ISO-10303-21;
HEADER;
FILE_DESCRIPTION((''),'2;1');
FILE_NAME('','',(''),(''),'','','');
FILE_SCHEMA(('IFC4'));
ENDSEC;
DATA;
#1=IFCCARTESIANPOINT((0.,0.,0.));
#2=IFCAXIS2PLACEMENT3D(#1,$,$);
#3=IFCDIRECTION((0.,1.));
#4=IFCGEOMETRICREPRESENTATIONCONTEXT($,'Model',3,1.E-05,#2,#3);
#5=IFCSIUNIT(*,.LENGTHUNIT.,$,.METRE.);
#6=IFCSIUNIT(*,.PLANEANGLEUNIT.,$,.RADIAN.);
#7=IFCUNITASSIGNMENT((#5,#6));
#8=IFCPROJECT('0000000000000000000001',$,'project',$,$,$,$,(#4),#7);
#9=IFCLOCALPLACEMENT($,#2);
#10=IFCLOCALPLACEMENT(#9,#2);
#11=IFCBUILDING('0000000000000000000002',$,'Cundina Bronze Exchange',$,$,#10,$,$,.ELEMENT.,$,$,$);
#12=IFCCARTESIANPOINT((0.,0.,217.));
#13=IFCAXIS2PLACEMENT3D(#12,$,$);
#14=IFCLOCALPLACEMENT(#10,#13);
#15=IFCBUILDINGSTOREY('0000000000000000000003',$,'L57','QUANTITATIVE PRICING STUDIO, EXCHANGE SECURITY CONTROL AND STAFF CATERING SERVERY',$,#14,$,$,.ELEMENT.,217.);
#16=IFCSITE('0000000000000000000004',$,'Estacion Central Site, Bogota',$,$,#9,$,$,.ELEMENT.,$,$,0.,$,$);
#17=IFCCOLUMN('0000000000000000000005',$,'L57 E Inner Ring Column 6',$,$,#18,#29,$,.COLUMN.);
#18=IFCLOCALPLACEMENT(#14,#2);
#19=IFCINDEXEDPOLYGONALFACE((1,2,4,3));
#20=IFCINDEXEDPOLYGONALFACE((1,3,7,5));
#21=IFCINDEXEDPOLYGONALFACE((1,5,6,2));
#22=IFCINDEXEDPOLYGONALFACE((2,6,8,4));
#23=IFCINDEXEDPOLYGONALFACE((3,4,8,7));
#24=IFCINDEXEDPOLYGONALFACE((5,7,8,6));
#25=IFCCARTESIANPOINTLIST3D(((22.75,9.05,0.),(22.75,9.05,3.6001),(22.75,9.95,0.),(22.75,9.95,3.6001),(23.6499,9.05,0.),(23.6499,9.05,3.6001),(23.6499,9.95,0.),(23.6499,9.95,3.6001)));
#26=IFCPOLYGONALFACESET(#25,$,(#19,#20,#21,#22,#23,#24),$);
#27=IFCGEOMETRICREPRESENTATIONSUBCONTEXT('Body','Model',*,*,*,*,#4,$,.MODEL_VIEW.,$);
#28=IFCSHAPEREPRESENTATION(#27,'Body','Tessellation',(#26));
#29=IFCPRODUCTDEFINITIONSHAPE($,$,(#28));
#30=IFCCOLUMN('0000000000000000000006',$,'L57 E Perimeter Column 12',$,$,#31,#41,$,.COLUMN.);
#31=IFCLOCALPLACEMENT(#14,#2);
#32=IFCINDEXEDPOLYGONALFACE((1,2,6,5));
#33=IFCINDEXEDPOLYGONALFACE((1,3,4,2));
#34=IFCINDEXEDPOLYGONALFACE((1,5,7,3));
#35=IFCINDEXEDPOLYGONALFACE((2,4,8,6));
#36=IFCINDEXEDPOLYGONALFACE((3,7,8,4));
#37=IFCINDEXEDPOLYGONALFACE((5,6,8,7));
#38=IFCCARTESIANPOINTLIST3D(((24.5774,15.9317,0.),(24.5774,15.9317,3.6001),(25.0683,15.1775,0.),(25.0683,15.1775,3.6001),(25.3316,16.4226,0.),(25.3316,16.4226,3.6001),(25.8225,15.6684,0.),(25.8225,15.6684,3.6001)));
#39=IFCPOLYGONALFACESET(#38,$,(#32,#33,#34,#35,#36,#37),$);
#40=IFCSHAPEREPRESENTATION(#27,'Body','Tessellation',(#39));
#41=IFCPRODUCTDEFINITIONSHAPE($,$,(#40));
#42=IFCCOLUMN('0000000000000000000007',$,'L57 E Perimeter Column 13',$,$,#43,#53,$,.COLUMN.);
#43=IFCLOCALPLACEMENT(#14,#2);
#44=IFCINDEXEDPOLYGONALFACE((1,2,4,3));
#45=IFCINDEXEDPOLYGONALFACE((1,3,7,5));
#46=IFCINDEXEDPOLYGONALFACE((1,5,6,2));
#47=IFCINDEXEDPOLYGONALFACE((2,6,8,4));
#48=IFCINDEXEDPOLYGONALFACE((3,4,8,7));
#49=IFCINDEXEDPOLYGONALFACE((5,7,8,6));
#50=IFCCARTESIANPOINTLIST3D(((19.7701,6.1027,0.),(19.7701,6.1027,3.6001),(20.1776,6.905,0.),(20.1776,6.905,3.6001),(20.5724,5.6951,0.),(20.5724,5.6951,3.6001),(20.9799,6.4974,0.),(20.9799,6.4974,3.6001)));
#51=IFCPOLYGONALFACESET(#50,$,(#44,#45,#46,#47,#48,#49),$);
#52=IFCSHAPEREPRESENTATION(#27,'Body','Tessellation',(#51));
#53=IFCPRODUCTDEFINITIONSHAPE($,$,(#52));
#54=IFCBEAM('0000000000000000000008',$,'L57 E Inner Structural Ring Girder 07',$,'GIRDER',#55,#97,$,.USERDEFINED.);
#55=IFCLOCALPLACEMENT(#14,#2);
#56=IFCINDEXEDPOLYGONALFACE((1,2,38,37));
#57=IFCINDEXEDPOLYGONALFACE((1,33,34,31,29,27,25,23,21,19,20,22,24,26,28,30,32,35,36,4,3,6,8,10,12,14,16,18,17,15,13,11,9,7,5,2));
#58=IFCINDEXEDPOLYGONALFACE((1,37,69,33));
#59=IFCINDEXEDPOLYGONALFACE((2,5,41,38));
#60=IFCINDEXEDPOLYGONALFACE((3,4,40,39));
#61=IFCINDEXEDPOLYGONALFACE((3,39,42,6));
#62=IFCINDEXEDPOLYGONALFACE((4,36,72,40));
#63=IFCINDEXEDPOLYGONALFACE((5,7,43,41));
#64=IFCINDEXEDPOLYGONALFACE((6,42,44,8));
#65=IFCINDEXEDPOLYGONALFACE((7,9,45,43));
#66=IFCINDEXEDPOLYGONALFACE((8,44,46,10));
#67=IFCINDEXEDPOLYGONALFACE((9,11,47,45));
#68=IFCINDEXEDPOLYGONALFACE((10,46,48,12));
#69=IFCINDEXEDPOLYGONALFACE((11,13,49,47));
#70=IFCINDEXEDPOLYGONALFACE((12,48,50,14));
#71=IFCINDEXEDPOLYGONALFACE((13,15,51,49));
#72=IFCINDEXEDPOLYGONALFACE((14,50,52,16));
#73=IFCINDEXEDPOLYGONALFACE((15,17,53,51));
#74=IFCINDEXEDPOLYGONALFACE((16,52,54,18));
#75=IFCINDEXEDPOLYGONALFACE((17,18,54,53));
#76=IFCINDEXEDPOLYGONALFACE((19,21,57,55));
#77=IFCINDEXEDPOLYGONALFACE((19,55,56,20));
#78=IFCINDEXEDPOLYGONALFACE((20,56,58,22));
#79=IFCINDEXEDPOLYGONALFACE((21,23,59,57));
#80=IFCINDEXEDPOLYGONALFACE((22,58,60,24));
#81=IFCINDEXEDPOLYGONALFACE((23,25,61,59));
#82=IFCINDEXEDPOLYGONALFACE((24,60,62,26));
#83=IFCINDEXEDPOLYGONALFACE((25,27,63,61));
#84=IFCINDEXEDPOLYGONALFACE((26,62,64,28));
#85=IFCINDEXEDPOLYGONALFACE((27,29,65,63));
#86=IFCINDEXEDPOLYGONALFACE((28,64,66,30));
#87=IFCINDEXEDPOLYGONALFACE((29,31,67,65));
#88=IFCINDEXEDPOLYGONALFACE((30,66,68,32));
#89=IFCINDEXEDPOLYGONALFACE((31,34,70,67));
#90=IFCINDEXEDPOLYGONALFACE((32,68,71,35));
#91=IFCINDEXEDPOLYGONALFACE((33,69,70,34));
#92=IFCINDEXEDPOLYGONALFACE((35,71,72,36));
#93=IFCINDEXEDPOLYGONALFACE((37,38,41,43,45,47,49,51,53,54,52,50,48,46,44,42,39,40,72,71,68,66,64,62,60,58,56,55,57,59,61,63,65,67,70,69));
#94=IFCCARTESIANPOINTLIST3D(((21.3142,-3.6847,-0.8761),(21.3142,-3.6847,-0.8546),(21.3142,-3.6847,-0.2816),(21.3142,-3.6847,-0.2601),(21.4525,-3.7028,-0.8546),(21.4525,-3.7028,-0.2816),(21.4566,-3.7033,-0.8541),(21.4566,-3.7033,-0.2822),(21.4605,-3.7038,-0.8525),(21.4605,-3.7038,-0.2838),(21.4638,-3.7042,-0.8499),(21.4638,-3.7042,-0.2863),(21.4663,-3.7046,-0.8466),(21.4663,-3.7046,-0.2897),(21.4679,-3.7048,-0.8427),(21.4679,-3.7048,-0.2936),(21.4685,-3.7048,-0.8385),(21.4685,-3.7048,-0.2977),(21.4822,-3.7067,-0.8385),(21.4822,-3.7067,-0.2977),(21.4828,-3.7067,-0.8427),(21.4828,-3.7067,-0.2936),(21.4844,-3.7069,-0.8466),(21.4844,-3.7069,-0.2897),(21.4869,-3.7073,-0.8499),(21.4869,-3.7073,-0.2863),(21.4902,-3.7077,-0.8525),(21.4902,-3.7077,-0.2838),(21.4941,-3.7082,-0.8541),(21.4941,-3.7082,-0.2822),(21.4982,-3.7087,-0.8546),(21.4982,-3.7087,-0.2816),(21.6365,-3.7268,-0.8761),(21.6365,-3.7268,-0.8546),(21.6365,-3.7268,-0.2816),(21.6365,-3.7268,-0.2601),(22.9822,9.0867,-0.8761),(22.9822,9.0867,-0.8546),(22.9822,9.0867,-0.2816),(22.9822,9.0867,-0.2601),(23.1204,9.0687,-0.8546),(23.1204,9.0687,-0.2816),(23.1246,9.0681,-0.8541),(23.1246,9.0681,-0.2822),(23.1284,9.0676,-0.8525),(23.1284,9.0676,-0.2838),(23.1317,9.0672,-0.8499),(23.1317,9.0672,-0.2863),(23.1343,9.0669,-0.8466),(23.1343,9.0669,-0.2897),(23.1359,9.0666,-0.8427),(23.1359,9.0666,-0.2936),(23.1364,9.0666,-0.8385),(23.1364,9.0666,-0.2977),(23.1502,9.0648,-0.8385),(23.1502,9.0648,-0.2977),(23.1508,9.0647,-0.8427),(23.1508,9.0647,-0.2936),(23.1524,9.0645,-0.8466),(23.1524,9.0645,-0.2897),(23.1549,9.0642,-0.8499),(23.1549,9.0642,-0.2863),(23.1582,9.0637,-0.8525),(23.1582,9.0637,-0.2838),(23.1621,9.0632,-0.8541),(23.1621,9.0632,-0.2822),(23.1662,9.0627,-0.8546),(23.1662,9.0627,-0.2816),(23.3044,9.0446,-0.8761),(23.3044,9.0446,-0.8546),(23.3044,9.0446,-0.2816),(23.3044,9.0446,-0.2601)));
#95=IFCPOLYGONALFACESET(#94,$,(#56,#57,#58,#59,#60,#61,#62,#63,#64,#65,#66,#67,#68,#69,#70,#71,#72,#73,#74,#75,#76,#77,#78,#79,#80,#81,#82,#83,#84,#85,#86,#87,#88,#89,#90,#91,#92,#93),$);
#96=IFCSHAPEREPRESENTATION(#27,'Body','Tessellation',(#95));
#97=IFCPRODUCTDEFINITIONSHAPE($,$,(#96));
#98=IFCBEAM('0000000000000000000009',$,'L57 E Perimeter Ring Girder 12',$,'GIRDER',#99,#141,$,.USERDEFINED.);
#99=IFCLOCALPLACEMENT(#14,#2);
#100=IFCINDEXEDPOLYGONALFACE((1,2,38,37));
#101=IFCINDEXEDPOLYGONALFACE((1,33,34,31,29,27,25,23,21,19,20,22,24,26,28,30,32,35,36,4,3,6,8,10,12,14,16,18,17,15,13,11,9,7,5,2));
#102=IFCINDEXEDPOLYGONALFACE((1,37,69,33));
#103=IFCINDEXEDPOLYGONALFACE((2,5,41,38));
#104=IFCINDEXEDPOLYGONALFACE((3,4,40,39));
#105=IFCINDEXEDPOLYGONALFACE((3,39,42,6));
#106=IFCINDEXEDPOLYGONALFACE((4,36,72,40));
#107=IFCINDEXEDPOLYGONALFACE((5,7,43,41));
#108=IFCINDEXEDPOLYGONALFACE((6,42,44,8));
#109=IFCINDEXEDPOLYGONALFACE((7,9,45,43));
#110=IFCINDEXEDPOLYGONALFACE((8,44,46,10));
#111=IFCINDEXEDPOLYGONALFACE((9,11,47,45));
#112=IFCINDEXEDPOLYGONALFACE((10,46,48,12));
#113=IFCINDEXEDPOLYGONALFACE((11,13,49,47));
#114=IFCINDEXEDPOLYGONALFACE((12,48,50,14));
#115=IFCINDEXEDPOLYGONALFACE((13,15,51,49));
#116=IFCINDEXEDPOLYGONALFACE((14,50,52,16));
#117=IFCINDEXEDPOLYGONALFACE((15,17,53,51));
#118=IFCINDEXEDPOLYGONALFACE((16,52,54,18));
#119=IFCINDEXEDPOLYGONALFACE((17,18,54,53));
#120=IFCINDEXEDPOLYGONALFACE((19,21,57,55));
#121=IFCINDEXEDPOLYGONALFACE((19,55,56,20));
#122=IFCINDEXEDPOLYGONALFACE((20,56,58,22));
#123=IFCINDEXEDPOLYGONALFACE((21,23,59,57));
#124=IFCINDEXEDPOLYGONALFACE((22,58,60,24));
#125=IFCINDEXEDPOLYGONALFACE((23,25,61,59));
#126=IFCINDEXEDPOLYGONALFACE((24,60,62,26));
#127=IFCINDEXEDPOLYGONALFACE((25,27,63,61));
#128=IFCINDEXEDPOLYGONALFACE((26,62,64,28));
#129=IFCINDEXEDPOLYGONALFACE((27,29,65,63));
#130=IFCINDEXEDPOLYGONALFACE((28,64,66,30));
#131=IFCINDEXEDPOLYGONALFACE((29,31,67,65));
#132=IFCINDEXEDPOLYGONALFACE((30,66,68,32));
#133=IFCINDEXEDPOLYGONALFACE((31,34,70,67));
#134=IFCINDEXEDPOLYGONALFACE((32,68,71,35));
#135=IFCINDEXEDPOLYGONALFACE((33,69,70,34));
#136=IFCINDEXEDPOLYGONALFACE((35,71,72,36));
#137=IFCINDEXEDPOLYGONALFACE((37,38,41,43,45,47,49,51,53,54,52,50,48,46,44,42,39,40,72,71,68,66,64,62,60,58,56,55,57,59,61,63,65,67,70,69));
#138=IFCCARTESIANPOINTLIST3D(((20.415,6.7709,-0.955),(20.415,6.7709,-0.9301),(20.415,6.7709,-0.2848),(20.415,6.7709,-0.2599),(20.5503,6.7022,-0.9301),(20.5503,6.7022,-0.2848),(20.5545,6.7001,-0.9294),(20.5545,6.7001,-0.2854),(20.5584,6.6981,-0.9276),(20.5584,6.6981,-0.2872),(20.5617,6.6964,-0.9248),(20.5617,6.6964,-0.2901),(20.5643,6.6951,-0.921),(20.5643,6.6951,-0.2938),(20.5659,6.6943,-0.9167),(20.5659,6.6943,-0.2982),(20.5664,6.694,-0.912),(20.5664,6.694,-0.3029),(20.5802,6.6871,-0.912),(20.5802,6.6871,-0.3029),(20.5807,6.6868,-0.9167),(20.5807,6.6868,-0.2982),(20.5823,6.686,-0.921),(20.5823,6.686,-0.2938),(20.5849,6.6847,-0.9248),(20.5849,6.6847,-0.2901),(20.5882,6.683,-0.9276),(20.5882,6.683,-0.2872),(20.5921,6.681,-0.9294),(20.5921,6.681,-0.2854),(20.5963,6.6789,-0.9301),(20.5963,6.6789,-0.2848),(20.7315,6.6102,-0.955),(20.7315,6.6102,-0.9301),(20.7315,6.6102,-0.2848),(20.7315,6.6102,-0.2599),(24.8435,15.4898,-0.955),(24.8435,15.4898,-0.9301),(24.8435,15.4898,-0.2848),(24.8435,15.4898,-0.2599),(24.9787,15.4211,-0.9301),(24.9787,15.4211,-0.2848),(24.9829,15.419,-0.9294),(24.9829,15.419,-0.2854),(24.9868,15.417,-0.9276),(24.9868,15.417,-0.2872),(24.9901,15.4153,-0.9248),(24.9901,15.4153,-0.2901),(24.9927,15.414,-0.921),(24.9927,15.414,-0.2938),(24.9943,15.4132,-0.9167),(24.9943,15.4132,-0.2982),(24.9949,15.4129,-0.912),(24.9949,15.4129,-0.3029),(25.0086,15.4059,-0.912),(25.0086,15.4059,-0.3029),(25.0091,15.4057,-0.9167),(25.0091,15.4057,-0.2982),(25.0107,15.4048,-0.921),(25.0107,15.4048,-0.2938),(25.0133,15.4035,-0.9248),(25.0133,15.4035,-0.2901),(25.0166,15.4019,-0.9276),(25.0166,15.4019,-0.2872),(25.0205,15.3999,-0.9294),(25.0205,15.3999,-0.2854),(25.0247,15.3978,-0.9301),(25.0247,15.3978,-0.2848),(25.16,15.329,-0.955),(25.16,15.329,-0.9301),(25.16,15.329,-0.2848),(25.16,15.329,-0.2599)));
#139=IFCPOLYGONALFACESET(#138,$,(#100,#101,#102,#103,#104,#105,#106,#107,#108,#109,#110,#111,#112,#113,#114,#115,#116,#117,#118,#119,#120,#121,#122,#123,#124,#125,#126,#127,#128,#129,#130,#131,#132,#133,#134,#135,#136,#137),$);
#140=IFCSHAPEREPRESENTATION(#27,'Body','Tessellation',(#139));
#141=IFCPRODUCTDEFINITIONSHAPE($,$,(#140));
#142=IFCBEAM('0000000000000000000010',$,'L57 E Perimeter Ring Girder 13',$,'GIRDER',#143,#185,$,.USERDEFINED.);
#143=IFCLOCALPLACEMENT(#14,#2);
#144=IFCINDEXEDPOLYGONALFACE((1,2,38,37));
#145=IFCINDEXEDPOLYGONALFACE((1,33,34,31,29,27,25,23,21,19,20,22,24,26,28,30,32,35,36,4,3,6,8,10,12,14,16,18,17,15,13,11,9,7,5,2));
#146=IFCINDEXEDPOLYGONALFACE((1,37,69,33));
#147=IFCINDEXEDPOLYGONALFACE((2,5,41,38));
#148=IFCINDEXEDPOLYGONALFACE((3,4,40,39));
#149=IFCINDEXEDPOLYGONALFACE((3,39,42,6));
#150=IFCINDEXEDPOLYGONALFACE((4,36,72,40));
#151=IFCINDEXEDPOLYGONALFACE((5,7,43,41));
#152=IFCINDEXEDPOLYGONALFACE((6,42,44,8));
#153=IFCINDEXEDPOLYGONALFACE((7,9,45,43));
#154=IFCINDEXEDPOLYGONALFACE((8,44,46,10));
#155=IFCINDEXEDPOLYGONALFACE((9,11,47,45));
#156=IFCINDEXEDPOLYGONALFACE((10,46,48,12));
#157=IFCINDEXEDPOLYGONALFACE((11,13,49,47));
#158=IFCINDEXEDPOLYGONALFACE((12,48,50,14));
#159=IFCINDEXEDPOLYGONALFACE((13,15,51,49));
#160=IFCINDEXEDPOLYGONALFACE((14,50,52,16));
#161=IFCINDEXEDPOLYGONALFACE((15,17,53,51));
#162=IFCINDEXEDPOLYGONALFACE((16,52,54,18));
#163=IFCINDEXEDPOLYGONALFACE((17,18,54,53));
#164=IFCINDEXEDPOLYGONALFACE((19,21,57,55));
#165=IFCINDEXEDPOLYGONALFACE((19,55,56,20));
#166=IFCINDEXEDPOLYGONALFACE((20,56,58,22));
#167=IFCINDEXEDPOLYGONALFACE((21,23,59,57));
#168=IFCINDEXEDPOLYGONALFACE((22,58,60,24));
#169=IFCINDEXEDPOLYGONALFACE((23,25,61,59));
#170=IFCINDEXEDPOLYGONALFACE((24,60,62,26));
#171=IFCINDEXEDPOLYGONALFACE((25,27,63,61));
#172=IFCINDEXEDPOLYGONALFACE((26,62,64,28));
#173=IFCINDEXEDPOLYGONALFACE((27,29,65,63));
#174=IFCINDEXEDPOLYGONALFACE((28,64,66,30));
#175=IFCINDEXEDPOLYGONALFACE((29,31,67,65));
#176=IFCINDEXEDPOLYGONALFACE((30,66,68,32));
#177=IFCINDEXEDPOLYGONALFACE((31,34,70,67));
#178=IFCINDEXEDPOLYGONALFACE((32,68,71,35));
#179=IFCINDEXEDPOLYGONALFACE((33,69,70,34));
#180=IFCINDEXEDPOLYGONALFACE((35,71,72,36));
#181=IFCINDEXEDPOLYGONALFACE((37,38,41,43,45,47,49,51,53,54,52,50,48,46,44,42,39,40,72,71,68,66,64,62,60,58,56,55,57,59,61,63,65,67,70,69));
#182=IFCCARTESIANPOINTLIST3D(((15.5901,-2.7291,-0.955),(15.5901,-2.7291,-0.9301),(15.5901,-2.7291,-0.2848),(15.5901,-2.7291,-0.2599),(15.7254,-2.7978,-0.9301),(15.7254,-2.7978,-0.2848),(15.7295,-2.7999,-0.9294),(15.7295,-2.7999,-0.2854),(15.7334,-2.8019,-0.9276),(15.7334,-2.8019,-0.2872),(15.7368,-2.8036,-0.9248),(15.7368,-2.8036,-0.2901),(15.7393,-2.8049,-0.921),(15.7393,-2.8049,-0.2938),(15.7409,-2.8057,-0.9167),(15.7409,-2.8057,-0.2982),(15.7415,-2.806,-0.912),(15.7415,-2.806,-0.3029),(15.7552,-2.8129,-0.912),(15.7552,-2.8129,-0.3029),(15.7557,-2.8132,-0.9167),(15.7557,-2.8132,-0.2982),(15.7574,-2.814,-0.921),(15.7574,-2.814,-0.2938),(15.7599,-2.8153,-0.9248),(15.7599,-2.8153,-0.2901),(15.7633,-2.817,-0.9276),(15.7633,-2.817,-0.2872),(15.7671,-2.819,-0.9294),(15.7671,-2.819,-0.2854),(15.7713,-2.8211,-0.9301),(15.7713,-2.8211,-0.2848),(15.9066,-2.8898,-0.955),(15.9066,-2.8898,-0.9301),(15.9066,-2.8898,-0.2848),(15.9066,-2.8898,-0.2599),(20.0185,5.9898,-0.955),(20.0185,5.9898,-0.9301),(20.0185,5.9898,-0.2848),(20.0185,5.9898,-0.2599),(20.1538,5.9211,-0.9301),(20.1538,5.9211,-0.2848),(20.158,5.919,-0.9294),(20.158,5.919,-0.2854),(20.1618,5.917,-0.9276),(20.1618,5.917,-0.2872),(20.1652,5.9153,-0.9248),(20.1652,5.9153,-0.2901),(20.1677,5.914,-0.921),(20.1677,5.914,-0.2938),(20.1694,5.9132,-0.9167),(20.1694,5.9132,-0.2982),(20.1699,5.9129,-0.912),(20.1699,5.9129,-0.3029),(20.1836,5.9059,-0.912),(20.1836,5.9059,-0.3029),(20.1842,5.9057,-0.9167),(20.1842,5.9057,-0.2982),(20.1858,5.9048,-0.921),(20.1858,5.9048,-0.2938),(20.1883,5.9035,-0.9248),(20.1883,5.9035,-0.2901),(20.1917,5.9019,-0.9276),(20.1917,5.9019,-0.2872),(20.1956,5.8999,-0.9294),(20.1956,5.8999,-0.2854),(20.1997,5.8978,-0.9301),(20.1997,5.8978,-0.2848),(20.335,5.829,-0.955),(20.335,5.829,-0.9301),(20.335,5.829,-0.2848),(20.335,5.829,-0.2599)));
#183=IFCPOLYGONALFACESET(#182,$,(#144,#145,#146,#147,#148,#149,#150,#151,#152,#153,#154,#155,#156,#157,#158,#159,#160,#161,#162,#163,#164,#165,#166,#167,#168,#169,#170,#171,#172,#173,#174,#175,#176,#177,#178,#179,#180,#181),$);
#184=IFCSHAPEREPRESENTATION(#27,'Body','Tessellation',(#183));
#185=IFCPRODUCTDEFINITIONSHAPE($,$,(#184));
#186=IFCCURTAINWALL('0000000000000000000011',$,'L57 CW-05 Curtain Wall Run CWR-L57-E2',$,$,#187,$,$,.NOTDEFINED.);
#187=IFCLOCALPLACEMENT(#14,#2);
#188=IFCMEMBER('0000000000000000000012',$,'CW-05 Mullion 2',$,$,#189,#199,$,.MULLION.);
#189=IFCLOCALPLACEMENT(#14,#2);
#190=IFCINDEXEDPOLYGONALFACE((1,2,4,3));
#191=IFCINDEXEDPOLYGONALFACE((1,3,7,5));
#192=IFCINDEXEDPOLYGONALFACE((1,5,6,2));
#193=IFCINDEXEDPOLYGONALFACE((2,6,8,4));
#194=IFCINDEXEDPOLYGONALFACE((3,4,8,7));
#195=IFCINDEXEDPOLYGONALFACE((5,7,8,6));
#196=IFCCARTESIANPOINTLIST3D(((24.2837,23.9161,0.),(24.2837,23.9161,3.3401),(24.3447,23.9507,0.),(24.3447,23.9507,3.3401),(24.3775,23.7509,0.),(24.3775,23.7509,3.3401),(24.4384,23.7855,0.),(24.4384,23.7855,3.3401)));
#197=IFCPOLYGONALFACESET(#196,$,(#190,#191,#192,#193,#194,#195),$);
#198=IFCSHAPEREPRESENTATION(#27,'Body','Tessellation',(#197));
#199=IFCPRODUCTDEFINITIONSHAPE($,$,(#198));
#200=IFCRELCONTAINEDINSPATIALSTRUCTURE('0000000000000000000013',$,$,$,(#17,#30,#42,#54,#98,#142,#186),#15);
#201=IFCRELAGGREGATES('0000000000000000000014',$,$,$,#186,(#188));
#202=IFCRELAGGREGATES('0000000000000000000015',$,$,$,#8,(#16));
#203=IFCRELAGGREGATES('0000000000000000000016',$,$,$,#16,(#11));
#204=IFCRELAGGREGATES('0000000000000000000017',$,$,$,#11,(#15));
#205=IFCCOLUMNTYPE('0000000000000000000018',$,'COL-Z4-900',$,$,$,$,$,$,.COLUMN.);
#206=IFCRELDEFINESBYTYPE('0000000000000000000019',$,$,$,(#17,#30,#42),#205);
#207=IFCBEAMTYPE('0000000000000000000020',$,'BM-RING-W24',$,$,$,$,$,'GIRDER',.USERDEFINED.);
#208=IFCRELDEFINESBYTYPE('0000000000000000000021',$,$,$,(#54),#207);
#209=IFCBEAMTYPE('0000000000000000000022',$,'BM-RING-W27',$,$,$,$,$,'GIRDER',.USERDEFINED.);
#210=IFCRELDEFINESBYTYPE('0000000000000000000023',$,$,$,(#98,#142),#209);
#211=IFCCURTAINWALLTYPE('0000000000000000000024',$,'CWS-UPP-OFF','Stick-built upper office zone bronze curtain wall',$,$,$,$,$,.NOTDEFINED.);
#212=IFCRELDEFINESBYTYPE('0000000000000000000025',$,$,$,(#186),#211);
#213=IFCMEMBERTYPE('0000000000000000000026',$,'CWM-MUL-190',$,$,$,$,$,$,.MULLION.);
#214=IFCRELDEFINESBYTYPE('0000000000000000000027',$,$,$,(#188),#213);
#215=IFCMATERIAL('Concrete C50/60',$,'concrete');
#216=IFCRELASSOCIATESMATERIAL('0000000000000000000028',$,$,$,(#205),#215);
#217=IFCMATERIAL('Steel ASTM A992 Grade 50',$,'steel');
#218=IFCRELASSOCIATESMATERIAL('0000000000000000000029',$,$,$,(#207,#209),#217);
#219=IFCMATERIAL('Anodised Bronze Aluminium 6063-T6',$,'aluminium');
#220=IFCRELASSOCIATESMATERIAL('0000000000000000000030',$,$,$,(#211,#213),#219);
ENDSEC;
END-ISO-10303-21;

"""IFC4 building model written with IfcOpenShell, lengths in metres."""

from ifc_helpers import new_model, si_unit, direction, frame, origin, origin_2d, place, context, subcontext, project, spatial, rectangle, i_section, extrude, material, material_profile, profile_set, type_object, element, aggregate, save


model = new_model("IFC4")

# Units and contexts
model_context = context("Model", 3, precision=1e-05, world=origin(), true_north=direction((0.0, 1.0)))
body_context = subcontext(model_context, "Body", "Model", "MODEL_VIEW")
ifc_project = project(units=[si_unit("LENGTHUNIT", "METRE"), si_unit("PLANEANGLEUNIT", "RADIAN")], contexts=[model_context])

# Site, building, storey
site_placement = place(None, origin())
site = spatial("IfcSite", under=ifc_project, at=site_placement, Name="Estacion Central Site, Bogota", CompositionType="ELEMENT", RefElevation=0.0)
building_placement = place(site_placement, origin())
building = spatial("IfcBuilding", under=site, at=building_placement, Name="Cundina Bronze Exchange", CompositionType="ELEMENT")
storey_placement = place(building_placement, frame((0.0, 0.0, 217.0)))
storey = spatial("IfcBuildingStorey", under=building, at=storey_placement, Name="L57", Description="QUANTITATIVE PRICING STUDIO, EXCHANGE SECURITY CONTROL AND STAFF CATERING SERVERY", CompositionType="ELEMENT", Elevation=217.0)

# Columns
ifc_material_1 = material(Name="Concrete C50/60", Category="concrete")
ifc_material_profile_1 = material_profile(ifc_material_1, rectangle(XDim=0.8999, YDim=0.8999, at=origin_2d()), Name="RC900X900", Category="concrete")
ifc_profile_set_1 = profile_set([ifc_material_profile_1], Name="Concrete C50/60")
column_type = type_object("IfcColumnType", Name="COL-Z4-900", PredefinedType="COLUMN", material=ifc_profile_set_1)
for number, where, z_axis, x_axis, name in (
    (1, (23.2, 9.5, 0.0), (0.0, 0.0, 1.0), (1.0, 0.0, 0.0), "L57 E Inner Ring Column 6"),
    (2, (25.2, 15.8, 0.0), (0.0, 0.0, 1.0), (-0.8381, -0.545517, 0.0), "L57 E Perimeter Column 12"),
    (3, (20.375, 6.3, 0.0), (0.0, 0.0, 1.0), (-0.452902, -0.891561, 0.0), "L57 E Perimeter Column 13"),
):
    element("IfcColumn", number, at=place(storey_placement, frame(where, z_axis=z_axis, x_axis=x_axis)), inside=storey, type_object=column_type, Name=name, PredefinedType="COLUMN", context=body_context, shape_type="SweptSolid", body=[
        extrude(rectangle(XDim=0.8999, YDim=0.8999, at=origin_2d()), origin(), (0.0, 0.0, 1.0), 3.6001),
    ])

# Beams
ifc_material_2 = material(Name="Steel ASTM A992 Grade 50", Category="steel")
ifc_material_profile_2 = material_profile(ifc_material_2, i_section(OverallWidth=0.325, OverallDepth=0.616, WebThickness=0.0139, FlangeThickness=0.0215, FilletRadius=0.0161, at=origin_2d()), Name="W24X117", Category="steel")
ifc_profile_set_2 = profile_set([ifc_material_profile_2], Name="Steel ASTM A992 Grade 50")
beam_type_1 = type_object("IfcBeamType", Name="BM-RING-W24", ElementType="GIRDER", PredefinedType="USERDEFINED", material=ifc_profile_set_2)
beam_placement = place(storey_placement, frame((23.1433, 9.0657, -0.5681), z_axis=(-0.129501, -0.991579, 0.0), x_axis=(0.991579, -0.129501, 0.0)))
element("IfcBeam", 4, at=beam_placement, inside=storey, type_object=beam_type_1, Name="L57 E Inner Structural Ring Girder 07", ObjectType="GIRDER", PredefinedType="USERDEFINED", context=body_context, shape_type="SweptSolid", body=[
    extrude(i_section(OverallWidth=0.325, OverallDepth=0.616, WebThickness=0.0139, FlangeThickness=0.0215, FilletRadius=0.0161, at=origin_2d()), origin(), (0.0, 0.0, 1.0), 12.8799),
])
ifc_material_profile_3 = material_profile(ifc_material_2, i_section(OverallWidth=0.355, OverallDepth=0.6951, WebThickness=0.0154, FlangeThickness=0.0249, FilletRadius=0.0181, at=origin_2d()), Name="W27X146", Category="steel")
ifc_profile_set_3 = profile_set([ifc_material_profile_3], Name="Steel ASTM A992 Grade 50")
beam_type_2 = type_object("IfcBeamType", Name="BM-RING-W27", ElementType="GIRDER", PredefinedType="USERDEFINED", material=ifc_profile_set_3)
for number, where, z_axis, x_axis, name in (
    (5, (25.0017, 15.4094, -0.6074), (-0.452847, -0.891588, 0.0), (0.891588, -0.452847, 0.0), "L57 E Perimeter Ring Girder 12"),
    (6, (20.1768, 5.9094, -0.6074), (-0.452847, -0.891588, 0.0), (0.891588, -0.452847, 0.0), "L57 E Perimeter Ring Girder 13"),
):
    element("IfcBeam", number, at=place(storey_placement, frame(where, z_axis=z_axis, x_axis=x_axis)), inside=storey, type_object=beam_type_2, Name=name, ObjectType="GIRDER", PredefinedType="USERDEFINED", context=body_context, shape_type="SweptSolid", body=[
        extrude(i_section(OverallWidth=0.355, OverallDepth=0.6951, WebThickness=0.0154, FlangeThickness=0.0249, FilletRadius=0.0181, at=origin_2d()), origin(), (0.0, 0.0, 1.0), 9.7791),
    ])

# Curtain wall, member
ifc_material_3 = material(Name="Anodised Bronze Aluminium 6063-T6", Category="aluminium")
curtain_wall_type = type_object("IfcCurtainWallType", Name="CWS-UPP-OFF", Description="Stick-built upper office zone bronze curtain wall", PredefinedType="NOTDEFINED", material=ifc_material_3)
curtain_wall_placement = place(storey_placement, origin())
curtain_wall = element("IfcCurtainWall", 7, at=curtain_wall_placement, inside=storey, type_object=curtain_wall_type, Name="L57 CW-05 Curtain Wall Run CWR-L57-E2", PredefinedType="NOTDEFINED")
ifc_material_profile_4 = material_profile(ifc_material_3, rectangle(XDim=0.0701, YDim=0.1899, at=origin_2d()), Name="AL70X190", Category="aluminium")
ifc_profile_set_4 = profile_set([ifc_material_profile_4], Name="Anodised Bronze Aluminium 6063-T6")
member_type_1 = type_object("IfcMemberType", Name="CWM-MUL-190", PredefinedType="MULLION", material=ifc_profile_set_4)
member_1_placement = place(storey_placement, frame((24.3611, 23.8508, 0.0), z_axis=(0.0, 0.0, 1.0), x_axis=(-0.869581, -0.49379, 0.0)))
member_1 = element("IfcMember", 8, at=member_1_placement, type_object=member_type_1, Name="CW-05 Mullion 2", PredefinedType="MULLION", context=body_context, shape_type="SweptSolid", body=[
    extrude(rectangle(XDim=0.0701, YDim=0.1899, at=origin_2d()), origin(), (0.0, 0.0, 1.0), 3.3401),
])
aggregate(curtain_wall, [member_1])

save(model, "model.ifc")
